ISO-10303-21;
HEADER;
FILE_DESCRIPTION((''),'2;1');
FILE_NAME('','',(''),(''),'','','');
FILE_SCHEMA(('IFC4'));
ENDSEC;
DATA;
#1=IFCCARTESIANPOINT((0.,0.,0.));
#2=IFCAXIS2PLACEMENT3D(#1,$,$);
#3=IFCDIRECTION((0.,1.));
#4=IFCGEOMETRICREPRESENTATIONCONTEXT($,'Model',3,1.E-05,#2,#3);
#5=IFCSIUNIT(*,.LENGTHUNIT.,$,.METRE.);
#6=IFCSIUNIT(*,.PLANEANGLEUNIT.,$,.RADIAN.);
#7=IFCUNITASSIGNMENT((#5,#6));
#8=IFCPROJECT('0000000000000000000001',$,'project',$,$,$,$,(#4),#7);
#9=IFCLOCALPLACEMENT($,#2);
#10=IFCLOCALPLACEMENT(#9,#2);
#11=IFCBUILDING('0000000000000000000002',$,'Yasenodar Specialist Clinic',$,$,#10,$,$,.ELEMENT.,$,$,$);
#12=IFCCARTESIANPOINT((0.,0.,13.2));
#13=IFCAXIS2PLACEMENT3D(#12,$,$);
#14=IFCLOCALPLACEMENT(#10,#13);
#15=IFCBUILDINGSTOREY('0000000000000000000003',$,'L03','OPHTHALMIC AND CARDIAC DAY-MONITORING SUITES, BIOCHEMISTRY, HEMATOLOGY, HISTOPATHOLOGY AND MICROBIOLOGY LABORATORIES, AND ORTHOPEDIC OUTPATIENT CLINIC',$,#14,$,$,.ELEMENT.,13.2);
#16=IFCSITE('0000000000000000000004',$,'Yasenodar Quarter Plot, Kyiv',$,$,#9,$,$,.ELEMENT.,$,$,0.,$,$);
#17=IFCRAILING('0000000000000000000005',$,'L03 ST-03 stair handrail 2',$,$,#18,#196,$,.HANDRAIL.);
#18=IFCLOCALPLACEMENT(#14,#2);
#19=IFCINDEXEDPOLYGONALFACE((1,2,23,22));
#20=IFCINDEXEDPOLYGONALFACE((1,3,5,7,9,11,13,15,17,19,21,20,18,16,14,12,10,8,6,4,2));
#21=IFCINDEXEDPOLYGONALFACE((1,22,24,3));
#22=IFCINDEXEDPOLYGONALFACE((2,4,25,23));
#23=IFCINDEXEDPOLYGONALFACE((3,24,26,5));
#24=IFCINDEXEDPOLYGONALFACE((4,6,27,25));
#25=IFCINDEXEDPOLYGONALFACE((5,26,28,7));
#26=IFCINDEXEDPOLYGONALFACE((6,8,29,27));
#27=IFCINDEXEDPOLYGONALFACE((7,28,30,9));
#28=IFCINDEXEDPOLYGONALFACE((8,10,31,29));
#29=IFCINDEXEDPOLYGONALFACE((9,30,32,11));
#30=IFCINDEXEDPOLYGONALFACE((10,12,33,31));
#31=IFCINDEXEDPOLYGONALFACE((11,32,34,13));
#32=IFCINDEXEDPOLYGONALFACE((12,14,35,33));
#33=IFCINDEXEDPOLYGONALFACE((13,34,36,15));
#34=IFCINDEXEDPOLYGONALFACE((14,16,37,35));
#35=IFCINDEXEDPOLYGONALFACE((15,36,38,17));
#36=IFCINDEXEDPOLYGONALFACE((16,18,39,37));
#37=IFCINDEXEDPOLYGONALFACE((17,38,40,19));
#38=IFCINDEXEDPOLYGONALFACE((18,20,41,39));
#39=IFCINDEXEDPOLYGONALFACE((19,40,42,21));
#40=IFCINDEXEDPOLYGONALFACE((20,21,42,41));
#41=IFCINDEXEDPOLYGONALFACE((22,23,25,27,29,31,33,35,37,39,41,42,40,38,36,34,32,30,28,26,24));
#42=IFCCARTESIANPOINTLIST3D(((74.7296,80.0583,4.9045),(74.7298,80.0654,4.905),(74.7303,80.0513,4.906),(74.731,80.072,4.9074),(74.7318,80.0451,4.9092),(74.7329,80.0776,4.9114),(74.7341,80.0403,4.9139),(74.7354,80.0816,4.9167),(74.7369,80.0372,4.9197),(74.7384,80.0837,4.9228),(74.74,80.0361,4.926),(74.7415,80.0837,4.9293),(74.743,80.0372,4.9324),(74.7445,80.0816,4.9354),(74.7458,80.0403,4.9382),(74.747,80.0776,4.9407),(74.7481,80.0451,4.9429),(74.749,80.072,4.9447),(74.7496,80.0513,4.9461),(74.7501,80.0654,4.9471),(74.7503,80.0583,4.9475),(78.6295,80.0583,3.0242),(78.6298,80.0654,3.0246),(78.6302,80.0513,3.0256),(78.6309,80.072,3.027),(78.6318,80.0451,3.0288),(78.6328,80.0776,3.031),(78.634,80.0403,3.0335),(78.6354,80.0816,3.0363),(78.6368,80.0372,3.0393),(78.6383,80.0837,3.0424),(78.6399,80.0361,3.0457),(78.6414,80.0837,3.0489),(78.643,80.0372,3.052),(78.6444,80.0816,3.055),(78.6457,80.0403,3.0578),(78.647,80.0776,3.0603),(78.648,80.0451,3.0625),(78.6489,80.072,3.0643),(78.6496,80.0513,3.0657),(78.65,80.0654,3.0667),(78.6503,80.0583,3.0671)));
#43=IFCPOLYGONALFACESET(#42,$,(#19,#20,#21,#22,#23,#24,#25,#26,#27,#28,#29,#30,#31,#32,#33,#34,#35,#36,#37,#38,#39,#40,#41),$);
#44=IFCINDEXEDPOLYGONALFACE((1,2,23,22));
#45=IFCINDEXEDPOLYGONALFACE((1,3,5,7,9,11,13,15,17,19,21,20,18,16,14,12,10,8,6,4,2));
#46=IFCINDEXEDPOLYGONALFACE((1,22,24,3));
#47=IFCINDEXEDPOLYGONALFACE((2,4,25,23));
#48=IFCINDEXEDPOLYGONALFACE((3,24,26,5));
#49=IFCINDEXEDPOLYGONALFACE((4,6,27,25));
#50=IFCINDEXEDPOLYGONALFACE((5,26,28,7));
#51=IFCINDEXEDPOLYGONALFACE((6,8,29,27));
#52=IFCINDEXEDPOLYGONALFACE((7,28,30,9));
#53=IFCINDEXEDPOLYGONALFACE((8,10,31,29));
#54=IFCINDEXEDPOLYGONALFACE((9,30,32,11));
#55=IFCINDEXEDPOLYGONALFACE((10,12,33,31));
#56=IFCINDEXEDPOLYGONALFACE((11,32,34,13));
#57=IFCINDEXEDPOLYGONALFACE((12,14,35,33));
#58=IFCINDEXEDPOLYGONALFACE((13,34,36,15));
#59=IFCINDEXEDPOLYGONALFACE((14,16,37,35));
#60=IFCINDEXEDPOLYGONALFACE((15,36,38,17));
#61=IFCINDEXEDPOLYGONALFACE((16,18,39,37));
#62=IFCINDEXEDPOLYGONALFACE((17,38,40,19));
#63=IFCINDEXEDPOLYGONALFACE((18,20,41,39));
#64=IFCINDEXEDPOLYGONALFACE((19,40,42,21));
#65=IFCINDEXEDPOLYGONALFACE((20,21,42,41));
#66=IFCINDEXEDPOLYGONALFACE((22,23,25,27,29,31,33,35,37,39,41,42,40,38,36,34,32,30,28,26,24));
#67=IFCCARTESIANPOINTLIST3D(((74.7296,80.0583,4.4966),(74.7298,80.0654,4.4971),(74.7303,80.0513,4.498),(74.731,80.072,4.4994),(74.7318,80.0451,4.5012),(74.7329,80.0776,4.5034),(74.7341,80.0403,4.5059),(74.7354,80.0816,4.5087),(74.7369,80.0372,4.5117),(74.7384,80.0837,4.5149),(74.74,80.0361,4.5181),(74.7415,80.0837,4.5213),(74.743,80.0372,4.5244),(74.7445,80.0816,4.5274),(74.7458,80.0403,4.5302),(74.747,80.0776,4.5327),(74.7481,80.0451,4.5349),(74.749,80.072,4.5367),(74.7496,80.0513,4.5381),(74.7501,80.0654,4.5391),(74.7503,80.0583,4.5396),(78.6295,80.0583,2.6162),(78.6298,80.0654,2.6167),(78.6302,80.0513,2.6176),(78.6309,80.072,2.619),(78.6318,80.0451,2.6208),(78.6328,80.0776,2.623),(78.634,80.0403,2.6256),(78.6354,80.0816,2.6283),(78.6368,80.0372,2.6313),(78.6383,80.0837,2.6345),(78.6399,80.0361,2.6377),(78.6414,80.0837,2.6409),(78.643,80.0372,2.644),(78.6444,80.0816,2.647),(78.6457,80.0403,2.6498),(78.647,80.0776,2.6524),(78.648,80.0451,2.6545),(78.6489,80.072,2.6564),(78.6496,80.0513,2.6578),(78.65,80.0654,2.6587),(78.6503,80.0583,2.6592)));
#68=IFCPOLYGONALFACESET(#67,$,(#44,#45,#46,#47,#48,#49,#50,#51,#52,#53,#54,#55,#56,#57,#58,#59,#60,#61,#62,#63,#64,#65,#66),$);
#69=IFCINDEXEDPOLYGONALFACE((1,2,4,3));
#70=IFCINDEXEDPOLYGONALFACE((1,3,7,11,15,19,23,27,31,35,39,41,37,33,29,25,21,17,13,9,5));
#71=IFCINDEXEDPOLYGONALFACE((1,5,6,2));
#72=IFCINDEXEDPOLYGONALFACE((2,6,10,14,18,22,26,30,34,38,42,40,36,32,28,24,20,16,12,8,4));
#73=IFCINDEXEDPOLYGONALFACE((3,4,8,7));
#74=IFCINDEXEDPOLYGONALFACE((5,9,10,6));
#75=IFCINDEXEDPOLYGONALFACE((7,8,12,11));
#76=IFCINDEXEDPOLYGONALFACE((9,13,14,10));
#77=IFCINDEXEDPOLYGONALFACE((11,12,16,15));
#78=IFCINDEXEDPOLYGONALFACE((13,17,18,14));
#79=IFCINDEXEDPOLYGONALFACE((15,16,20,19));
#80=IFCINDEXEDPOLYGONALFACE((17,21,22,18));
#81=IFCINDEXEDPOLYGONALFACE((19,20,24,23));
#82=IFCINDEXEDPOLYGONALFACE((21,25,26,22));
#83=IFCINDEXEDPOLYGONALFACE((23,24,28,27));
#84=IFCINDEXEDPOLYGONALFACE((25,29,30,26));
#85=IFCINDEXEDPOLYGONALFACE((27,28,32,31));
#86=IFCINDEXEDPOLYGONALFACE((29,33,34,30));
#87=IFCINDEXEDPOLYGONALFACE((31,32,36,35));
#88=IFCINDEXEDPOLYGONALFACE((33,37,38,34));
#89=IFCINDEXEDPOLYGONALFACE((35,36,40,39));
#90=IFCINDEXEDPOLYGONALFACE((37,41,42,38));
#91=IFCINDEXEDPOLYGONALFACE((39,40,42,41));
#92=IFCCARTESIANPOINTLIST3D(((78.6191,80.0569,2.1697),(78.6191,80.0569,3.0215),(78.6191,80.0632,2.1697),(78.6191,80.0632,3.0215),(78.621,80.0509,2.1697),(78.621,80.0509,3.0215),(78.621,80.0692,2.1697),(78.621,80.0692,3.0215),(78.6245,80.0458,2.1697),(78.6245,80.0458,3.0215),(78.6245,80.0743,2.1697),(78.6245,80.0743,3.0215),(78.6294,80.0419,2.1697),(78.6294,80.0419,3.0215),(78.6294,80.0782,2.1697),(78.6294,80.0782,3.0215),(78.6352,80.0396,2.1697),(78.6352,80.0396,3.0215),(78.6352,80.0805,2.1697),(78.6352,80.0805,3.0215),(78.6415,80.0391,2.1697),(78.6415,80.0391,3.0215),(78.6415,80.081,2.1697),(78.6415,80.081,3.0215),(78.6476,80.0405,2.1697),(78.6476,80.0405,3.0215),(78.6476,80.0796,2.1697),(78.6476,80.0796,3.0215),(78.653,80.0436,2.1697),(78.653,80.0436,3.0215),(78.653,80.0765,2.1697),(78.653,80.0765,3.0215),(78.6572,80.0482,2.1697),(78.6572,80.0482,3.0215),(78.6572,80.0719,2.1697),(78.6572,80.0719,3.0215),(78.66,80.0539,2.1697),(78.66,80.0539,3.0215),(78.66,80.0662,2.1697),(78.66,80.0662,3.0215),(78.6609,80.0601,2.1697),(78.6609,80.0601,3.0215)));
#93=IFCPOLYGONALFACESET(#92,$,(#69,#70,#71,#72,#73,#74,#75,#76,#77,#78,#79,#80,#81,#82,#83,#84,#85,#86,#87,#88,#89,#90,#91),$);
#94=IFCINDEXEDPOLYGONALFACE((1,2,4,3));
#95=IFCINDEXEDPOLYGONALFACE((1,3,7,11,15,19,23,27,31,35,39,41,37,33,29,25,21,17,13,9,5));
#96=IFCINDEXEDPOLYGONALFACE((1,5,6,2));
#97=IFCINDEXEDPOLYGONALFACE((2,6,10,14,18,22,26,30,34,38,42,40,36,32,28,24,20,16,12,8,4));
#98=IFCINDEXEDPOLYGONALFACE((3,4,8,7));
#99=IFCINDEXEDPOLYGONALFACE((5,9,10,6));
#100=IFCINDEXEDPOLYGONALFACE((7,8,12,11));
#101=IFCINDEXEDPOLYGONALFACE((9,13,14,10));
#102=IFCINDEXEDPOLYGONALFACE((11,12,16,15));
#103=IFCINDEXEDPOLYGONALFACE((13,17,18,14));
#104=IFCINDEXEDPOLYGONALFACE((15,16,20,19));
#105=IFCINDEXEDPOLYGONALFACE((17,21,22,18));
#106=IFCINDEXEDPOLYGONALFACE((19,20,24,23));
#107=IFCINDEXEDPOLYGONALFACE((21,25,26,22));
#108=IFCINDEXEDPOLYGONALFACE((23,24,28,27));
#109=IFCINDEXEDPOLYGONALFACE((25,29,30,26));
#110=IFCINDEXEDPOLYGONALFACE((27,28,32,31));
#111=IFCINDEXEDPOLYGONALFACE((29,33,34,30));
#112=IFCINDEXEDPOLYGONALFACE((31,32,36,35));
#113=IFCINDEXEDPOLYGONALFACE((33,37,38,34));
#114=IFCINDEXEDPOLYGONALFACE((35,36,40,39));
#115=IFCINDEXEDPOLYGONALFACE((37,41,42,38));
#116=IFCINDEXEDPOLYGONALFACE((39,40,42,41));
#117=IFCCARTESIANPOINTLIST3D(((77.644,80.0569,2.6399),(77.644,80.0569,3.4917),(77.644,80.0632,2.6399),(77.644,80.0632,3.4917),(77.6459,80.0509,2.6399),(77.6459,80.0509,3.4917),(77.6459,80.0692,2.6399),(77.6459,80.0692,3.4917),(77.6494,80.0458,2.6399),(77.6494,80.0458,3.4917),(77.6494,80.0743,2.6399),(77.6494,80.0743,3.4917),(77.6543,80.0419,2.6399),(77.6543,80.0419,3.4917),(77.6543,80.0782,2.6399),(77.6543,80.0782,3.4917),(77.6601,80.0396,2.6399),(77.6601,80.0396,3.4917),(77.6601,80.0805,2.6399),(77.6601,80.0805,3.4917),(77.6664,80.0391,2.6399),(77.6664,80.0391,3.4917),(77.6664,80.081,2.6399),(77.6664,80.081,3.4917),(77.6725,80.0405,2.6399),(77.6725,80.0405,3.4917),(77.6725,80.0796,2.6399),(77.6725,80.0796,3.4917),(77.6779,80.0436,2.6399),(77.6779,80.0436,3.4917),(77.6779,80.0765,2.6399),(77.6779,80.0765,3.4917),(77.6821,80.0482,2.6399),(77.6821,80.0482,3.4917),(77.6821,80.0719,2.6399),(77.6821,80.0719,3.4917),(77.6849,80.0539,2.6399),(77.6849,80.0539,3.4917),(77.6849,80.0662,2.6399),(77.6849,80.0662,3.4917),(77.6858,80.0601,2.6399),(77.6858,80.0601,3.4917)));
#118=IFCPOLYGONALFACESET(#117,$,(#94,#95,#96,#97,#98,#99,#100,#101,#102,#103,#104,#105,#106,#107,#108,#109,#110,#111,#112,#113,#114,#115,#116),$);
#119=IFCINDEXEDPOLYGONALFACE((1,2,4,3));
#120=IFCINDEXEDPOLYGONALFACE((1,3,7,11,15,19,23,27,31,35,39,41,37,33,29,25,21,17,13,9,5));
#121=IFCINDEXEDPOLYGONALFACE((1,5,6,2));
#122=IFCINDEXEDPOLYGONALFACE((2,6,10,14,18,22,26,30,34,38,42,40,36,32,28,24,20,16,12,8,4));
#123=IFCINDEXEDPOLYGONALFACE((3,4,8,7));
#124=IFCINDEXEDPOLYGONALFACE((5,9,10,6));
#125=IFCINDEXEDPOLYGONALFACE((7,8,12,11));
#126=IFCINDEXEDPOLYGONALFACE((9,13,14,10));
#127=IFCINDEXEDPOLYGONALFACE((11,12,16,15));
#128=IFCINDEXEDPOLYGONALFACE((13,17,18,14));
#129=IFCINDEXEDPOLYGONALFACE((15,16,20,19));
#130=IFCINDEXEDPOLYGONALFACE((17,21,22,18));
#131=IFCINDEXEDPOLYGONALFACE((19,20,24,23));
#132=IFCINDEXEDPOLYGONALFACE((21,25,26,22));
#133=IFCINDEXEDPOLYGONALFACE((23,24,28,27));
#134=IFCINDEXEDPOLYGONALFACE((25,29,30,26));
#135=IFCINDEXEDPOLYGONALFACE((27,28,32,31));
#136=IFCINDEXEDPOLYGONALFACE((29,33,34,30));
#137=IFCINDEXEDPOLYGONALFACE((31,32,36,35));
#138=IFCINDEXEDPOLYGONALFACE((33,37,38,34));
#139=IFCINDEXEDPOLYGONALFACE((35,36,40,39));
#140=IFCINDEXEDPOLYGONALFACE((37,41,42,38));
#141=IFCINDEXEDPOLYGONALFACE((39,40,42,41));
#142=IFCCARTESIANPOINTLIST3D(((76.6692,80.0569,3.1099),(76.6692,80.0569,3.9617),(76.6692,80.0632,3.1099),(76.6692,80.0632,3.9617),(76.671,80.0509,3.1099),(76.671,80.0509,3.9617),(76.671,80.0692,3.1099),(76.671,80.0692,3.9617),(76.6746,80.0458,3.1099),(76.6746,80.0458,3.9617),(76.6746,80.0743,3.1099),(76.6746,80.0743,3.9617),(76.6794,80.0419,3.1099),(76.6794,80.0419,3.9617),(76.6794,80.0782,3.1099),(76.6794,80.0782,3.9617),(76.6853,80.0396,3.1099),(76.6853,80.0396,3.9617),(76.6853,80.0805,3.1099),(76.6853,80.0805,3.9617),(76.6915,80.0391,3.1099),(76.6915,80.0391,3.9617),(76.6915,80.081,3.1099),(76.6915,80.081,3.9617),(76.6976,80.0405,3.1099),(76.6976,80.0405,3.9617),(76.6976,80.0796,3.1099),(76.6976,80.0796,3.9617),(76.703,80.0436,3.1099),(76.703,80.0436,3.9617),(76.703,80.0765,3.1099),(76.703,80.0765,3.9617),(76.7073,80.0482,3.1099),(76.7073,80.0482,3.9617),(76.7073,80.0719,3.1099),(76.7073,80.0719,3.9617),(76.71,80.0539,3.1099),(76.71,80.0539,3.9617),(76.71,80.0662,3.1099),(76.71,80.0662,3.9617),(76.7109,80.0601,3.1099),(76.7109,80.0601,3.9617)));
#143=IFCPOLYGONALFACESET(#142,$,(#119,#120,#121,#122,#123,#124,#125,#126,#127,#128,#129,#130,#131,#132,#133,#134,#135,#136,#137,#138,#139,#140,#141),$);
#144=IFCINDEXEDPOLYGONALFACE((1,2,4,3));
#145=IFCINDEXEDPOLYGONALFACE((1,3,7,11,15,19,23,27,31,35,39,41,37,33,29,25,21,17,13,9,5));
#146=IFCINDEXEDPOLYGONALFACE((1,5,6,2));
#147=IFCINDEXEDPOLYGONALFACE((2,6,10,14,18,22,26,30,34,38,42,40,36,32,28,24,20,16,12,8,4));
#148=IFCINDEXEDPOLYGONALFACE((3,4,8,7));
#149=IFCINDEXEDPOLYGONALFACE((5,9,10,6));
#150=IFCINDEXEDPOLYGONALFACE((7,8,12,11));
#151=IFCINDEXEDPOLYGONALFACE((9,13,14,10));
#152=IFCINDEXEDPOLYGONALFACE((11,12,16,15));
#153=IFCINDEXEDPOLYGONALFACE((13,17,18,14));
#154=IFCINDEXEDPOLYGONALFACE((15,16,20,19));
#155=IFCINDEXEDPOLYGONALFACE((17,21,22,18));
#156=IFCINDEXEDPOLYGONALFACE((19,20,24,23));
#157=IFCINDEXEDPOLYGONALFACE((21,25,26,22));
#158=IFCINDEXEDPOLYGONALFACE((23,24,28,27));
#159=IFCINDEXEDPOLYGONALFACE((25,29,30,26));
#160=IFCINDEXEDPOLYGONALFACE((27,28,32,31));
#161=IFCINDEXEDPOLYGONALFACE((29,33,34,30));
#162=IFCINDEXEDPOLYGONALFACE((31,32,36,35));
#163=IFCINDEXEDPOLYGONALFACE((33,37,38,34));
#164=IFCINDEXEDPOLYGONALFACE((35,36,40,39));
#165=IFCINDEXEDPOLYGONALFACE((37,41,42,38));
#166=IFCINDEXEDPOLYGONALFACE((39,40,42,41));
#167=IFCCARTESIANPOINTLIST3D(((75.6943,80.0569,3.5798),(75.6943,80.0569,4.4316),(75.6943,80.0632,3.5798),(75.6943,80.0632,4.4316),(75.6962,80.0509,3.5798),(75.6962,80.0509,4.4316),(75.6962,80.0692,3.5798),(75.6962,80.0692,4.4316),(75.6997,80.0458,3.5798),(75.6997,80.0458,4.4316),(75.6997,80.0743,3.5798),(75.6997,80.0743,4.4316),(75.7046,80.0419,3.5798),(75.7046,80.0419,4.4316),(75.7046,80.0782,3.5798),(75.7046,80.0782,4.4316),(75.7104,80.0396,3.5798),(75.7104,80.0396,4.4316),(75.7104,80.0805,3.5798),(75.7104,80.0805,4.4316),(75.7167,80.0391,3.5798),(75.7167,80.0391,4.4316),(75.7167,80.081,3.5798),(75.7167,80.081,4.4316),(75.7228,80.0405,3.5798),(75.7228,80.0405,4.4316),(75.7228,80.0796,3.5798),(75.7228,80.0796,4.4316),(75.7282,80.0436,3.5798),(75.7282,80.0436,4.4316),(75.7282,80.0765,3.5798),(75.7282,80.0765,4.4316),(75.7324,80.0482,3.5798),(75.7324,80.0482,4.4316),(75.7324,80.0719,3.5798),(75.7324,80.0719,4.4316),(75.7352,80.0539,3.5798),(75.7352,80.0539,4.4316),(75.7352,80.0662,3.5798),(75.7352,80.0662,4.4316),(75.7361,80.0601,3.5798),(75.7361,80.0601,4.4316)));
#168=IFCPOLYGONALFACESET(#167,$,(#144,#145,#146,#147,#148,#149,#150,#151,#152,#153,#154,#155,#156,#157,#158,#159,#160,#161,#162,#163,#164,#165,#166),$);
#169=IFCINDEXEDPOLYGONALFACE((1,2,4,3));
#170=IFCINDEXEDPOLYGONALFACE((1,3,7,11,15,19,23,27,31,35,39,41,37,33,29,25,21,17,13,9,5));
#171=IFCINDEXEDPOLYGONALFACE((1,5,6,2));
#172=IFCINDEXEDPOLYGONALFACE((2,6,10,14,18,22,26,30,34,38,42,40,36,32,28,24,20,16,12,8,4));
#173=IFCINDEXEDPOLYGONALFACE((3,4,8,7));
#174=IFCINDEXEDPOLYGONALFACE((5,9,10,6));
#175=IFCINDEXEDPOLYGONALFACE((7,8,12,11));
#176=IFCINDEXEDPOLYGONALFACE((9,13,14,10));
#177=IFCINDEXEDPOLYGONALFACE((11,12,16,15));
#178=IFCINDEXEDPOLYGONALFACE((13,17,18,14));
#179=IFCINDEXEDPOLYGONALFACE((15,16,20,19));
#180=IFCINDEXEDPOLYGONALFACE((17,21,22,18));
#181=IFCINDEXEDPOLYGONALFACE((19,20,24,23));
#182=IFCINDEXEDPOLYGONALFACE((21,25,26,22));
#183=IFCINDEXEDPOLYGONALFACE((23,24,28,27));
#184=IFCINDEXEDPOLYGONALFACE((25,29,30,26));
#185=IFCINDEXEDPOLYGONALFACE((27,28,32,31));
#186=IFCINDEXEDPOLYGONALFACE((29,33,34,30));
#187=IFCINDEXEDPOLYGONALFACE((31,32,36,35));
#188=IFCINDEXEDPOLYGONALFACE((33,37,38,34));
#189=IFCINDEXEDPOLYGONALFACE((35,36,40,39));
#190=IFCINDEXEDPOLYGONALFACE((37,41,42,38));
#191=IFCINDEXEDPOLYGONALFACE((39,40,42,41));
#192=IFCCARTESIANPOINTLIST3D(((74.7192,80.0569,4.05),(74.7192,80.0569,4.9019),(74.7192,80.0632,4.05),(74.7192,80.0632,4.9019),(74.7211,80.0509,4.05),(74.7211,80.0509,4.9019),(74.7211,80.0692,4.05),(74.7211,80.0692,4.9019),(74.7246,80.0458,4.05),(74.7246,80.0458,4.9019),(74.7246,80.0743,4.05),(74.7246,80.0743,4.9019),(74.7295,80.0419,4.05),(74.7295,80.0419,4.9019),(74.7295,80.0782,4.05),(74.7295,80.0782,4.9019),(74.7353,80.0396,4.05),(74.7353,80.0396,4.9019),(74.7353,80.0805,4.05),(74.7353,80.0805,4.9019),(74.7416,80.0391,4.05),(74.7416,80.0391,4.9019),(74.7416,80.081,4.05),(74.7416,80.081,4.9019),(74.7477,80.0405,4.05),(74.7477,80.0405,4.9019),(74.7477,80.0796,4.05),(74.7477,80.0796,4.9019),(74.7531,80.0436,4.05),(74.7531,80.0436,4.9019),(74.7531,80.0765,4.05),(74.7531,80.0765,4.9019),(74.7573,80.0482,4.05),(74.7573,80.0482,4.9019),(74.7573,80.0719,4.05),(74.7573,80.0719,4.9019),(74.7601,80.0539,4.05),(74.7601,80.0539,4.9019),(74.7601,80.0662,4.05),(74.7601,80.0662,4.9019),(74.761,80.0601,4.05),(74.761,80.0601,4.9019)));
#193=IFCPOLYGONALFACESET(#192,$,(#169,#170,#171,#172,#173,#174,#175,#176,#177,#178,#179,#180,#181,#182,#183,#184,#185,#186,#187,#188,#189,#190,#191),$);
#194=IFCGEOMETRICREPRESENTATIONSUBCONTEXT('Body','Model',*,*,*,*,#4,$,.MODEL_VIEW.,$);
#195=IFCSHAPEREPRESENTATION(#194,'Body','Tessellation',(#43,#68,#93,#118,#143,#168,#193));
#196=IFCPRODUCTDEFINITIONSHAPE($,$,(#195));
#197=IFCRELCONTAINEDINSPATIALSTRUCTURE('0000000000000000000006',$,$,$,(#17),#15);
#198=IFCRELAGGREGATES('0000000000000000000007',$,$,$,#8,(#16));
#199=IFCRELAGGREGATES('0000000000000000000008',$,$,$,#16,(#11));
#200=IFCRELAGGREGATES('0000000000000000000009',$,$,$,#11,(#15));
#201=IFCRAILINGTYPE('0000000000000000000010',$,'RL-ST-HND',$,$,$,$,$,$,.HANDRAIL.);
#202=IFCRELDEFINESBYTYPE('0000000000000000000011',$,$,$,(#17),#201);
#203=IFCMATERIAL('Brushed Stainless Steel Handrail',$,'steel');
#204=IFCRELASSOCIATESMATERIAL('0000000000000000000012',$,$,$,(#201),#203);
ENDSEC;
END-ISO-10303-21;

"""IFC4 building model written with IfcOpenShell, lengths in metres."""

from ifc_helpers import new_model, si_unit, direction, frame, origin, origin_2d, place, context, subcontext, project, spatial, circle, extrude, material, type_object, element, save


model = new_model("IFC4")

# Units and contexts
model_context = context("Model", 3, precision=1e-05, world=origin(), true_north=direction((0.0, 1.0)))
body_context = subcontext(model_context, "Body", "Model", "MODEL_VIEW")
ifc_project = project(units=[si_unit("LENGTHUNIT", "METRE"), si_unit("PLANEANGLEUNIT", "RADIAN")], contexts=[model_context])

# Site, building, storey
site_placement = place(None, origin())
site = spatial("IfcSite", under=ifc_project, at=site_placement, Name="Yasenodar Quarter Plot, Kyiv", CompositionType="ELEMENT", RefElevation=0.0)
building_placement = place(site_placement, origin())
building = spatial("IfcBuilding", under=site, at=building_placement, Name="Yasenodar Specialist Clinic", CompositionType="ELEMENT")
storey_placement = place(building_placement, frame((0.0, 0.0, 13.2)))
storey = spatial("IfcBuildingStorey", under=building, at=storey_placement, Name="L03", Description="OPHTHALMIC AND CARDIAC DAY-MONITORING SUITES, BIOCHEMISTRY, HEMATOLOGY, HISTOPATHOLOGY AND MICROBIOLOGY LABORATORIES, AND ORTHOPEDIC OUTPATIENT CLINIC", CompositionType="ELEMENT", Elevation=13.2)

# Railing
ifc_material_1 = material(Name="Brushed Stainless Steel Handrail", Category="steel")
railing_type_1 = type_object("IfcRailingType", Name="RL-ST-HND", PredefinedType="HANDRAIL", material=ifc_material_1)
railing_1_placement = place(storey_placement, frame((78.6399, 80.0601, 2.1697)))
element("IfcRailing", 1, at=railing_1_placement, inside=storey, type_object=railing_type_1, Name="L03 ST-03 stair handrail 2", PredefinedType="HANDRAIL", context=body_context, shape_type="SweptSolid", body=[
    extrude(circle(Radius=0.0239, at=origin_2d()), frame((0.0, 0.0, 0.876), z_axis=(-0.900763, 0.0, 0.434311), x_axis=(0.0, -1.0, 0.0)), (0.0, 0.0, 1.0), 4.3296),
    extrude(circle(Radius=0.0239, at=origin_2d()), frame((0.0, 0.0, 0.468), z_axis=(-0.900763, 0.0, 0.434311), x_axis=(0.0, -1.0, 0.0)), (0.0, 0.0, 1.0), 4.3296),
    extrude(circle(Radius=0.021, at=origin_2d()), origin(), (0.0, 0.0, 1.0), 0.8518),
    extrude(circle(Radius=0.021, at=origin_2d()), frame((-0.9751, 0.0, 0.4702)), (0.0, 0.0, 1.0), 0.8518),
    extrude(circle(Radius=0.021, at=origin_2d()), frame((-1.95, 0.0, 0.9402)), (0.0, 0.0, 1.0), 0.8518),
    extrude(circle(Radius=0.021, at=origin_2d()), frame((-2.9248, 0.0, 1.4102)), (0.0, 0.0, 1.0), 0.8518),
    extrude(circle(Radius=0.021, at=origin_2d()), frame((-3.8999, 0.0, 1.8804)), (0.0, 0.0, 1.0), 0.8518),
])

save(model, "model.ifc")
